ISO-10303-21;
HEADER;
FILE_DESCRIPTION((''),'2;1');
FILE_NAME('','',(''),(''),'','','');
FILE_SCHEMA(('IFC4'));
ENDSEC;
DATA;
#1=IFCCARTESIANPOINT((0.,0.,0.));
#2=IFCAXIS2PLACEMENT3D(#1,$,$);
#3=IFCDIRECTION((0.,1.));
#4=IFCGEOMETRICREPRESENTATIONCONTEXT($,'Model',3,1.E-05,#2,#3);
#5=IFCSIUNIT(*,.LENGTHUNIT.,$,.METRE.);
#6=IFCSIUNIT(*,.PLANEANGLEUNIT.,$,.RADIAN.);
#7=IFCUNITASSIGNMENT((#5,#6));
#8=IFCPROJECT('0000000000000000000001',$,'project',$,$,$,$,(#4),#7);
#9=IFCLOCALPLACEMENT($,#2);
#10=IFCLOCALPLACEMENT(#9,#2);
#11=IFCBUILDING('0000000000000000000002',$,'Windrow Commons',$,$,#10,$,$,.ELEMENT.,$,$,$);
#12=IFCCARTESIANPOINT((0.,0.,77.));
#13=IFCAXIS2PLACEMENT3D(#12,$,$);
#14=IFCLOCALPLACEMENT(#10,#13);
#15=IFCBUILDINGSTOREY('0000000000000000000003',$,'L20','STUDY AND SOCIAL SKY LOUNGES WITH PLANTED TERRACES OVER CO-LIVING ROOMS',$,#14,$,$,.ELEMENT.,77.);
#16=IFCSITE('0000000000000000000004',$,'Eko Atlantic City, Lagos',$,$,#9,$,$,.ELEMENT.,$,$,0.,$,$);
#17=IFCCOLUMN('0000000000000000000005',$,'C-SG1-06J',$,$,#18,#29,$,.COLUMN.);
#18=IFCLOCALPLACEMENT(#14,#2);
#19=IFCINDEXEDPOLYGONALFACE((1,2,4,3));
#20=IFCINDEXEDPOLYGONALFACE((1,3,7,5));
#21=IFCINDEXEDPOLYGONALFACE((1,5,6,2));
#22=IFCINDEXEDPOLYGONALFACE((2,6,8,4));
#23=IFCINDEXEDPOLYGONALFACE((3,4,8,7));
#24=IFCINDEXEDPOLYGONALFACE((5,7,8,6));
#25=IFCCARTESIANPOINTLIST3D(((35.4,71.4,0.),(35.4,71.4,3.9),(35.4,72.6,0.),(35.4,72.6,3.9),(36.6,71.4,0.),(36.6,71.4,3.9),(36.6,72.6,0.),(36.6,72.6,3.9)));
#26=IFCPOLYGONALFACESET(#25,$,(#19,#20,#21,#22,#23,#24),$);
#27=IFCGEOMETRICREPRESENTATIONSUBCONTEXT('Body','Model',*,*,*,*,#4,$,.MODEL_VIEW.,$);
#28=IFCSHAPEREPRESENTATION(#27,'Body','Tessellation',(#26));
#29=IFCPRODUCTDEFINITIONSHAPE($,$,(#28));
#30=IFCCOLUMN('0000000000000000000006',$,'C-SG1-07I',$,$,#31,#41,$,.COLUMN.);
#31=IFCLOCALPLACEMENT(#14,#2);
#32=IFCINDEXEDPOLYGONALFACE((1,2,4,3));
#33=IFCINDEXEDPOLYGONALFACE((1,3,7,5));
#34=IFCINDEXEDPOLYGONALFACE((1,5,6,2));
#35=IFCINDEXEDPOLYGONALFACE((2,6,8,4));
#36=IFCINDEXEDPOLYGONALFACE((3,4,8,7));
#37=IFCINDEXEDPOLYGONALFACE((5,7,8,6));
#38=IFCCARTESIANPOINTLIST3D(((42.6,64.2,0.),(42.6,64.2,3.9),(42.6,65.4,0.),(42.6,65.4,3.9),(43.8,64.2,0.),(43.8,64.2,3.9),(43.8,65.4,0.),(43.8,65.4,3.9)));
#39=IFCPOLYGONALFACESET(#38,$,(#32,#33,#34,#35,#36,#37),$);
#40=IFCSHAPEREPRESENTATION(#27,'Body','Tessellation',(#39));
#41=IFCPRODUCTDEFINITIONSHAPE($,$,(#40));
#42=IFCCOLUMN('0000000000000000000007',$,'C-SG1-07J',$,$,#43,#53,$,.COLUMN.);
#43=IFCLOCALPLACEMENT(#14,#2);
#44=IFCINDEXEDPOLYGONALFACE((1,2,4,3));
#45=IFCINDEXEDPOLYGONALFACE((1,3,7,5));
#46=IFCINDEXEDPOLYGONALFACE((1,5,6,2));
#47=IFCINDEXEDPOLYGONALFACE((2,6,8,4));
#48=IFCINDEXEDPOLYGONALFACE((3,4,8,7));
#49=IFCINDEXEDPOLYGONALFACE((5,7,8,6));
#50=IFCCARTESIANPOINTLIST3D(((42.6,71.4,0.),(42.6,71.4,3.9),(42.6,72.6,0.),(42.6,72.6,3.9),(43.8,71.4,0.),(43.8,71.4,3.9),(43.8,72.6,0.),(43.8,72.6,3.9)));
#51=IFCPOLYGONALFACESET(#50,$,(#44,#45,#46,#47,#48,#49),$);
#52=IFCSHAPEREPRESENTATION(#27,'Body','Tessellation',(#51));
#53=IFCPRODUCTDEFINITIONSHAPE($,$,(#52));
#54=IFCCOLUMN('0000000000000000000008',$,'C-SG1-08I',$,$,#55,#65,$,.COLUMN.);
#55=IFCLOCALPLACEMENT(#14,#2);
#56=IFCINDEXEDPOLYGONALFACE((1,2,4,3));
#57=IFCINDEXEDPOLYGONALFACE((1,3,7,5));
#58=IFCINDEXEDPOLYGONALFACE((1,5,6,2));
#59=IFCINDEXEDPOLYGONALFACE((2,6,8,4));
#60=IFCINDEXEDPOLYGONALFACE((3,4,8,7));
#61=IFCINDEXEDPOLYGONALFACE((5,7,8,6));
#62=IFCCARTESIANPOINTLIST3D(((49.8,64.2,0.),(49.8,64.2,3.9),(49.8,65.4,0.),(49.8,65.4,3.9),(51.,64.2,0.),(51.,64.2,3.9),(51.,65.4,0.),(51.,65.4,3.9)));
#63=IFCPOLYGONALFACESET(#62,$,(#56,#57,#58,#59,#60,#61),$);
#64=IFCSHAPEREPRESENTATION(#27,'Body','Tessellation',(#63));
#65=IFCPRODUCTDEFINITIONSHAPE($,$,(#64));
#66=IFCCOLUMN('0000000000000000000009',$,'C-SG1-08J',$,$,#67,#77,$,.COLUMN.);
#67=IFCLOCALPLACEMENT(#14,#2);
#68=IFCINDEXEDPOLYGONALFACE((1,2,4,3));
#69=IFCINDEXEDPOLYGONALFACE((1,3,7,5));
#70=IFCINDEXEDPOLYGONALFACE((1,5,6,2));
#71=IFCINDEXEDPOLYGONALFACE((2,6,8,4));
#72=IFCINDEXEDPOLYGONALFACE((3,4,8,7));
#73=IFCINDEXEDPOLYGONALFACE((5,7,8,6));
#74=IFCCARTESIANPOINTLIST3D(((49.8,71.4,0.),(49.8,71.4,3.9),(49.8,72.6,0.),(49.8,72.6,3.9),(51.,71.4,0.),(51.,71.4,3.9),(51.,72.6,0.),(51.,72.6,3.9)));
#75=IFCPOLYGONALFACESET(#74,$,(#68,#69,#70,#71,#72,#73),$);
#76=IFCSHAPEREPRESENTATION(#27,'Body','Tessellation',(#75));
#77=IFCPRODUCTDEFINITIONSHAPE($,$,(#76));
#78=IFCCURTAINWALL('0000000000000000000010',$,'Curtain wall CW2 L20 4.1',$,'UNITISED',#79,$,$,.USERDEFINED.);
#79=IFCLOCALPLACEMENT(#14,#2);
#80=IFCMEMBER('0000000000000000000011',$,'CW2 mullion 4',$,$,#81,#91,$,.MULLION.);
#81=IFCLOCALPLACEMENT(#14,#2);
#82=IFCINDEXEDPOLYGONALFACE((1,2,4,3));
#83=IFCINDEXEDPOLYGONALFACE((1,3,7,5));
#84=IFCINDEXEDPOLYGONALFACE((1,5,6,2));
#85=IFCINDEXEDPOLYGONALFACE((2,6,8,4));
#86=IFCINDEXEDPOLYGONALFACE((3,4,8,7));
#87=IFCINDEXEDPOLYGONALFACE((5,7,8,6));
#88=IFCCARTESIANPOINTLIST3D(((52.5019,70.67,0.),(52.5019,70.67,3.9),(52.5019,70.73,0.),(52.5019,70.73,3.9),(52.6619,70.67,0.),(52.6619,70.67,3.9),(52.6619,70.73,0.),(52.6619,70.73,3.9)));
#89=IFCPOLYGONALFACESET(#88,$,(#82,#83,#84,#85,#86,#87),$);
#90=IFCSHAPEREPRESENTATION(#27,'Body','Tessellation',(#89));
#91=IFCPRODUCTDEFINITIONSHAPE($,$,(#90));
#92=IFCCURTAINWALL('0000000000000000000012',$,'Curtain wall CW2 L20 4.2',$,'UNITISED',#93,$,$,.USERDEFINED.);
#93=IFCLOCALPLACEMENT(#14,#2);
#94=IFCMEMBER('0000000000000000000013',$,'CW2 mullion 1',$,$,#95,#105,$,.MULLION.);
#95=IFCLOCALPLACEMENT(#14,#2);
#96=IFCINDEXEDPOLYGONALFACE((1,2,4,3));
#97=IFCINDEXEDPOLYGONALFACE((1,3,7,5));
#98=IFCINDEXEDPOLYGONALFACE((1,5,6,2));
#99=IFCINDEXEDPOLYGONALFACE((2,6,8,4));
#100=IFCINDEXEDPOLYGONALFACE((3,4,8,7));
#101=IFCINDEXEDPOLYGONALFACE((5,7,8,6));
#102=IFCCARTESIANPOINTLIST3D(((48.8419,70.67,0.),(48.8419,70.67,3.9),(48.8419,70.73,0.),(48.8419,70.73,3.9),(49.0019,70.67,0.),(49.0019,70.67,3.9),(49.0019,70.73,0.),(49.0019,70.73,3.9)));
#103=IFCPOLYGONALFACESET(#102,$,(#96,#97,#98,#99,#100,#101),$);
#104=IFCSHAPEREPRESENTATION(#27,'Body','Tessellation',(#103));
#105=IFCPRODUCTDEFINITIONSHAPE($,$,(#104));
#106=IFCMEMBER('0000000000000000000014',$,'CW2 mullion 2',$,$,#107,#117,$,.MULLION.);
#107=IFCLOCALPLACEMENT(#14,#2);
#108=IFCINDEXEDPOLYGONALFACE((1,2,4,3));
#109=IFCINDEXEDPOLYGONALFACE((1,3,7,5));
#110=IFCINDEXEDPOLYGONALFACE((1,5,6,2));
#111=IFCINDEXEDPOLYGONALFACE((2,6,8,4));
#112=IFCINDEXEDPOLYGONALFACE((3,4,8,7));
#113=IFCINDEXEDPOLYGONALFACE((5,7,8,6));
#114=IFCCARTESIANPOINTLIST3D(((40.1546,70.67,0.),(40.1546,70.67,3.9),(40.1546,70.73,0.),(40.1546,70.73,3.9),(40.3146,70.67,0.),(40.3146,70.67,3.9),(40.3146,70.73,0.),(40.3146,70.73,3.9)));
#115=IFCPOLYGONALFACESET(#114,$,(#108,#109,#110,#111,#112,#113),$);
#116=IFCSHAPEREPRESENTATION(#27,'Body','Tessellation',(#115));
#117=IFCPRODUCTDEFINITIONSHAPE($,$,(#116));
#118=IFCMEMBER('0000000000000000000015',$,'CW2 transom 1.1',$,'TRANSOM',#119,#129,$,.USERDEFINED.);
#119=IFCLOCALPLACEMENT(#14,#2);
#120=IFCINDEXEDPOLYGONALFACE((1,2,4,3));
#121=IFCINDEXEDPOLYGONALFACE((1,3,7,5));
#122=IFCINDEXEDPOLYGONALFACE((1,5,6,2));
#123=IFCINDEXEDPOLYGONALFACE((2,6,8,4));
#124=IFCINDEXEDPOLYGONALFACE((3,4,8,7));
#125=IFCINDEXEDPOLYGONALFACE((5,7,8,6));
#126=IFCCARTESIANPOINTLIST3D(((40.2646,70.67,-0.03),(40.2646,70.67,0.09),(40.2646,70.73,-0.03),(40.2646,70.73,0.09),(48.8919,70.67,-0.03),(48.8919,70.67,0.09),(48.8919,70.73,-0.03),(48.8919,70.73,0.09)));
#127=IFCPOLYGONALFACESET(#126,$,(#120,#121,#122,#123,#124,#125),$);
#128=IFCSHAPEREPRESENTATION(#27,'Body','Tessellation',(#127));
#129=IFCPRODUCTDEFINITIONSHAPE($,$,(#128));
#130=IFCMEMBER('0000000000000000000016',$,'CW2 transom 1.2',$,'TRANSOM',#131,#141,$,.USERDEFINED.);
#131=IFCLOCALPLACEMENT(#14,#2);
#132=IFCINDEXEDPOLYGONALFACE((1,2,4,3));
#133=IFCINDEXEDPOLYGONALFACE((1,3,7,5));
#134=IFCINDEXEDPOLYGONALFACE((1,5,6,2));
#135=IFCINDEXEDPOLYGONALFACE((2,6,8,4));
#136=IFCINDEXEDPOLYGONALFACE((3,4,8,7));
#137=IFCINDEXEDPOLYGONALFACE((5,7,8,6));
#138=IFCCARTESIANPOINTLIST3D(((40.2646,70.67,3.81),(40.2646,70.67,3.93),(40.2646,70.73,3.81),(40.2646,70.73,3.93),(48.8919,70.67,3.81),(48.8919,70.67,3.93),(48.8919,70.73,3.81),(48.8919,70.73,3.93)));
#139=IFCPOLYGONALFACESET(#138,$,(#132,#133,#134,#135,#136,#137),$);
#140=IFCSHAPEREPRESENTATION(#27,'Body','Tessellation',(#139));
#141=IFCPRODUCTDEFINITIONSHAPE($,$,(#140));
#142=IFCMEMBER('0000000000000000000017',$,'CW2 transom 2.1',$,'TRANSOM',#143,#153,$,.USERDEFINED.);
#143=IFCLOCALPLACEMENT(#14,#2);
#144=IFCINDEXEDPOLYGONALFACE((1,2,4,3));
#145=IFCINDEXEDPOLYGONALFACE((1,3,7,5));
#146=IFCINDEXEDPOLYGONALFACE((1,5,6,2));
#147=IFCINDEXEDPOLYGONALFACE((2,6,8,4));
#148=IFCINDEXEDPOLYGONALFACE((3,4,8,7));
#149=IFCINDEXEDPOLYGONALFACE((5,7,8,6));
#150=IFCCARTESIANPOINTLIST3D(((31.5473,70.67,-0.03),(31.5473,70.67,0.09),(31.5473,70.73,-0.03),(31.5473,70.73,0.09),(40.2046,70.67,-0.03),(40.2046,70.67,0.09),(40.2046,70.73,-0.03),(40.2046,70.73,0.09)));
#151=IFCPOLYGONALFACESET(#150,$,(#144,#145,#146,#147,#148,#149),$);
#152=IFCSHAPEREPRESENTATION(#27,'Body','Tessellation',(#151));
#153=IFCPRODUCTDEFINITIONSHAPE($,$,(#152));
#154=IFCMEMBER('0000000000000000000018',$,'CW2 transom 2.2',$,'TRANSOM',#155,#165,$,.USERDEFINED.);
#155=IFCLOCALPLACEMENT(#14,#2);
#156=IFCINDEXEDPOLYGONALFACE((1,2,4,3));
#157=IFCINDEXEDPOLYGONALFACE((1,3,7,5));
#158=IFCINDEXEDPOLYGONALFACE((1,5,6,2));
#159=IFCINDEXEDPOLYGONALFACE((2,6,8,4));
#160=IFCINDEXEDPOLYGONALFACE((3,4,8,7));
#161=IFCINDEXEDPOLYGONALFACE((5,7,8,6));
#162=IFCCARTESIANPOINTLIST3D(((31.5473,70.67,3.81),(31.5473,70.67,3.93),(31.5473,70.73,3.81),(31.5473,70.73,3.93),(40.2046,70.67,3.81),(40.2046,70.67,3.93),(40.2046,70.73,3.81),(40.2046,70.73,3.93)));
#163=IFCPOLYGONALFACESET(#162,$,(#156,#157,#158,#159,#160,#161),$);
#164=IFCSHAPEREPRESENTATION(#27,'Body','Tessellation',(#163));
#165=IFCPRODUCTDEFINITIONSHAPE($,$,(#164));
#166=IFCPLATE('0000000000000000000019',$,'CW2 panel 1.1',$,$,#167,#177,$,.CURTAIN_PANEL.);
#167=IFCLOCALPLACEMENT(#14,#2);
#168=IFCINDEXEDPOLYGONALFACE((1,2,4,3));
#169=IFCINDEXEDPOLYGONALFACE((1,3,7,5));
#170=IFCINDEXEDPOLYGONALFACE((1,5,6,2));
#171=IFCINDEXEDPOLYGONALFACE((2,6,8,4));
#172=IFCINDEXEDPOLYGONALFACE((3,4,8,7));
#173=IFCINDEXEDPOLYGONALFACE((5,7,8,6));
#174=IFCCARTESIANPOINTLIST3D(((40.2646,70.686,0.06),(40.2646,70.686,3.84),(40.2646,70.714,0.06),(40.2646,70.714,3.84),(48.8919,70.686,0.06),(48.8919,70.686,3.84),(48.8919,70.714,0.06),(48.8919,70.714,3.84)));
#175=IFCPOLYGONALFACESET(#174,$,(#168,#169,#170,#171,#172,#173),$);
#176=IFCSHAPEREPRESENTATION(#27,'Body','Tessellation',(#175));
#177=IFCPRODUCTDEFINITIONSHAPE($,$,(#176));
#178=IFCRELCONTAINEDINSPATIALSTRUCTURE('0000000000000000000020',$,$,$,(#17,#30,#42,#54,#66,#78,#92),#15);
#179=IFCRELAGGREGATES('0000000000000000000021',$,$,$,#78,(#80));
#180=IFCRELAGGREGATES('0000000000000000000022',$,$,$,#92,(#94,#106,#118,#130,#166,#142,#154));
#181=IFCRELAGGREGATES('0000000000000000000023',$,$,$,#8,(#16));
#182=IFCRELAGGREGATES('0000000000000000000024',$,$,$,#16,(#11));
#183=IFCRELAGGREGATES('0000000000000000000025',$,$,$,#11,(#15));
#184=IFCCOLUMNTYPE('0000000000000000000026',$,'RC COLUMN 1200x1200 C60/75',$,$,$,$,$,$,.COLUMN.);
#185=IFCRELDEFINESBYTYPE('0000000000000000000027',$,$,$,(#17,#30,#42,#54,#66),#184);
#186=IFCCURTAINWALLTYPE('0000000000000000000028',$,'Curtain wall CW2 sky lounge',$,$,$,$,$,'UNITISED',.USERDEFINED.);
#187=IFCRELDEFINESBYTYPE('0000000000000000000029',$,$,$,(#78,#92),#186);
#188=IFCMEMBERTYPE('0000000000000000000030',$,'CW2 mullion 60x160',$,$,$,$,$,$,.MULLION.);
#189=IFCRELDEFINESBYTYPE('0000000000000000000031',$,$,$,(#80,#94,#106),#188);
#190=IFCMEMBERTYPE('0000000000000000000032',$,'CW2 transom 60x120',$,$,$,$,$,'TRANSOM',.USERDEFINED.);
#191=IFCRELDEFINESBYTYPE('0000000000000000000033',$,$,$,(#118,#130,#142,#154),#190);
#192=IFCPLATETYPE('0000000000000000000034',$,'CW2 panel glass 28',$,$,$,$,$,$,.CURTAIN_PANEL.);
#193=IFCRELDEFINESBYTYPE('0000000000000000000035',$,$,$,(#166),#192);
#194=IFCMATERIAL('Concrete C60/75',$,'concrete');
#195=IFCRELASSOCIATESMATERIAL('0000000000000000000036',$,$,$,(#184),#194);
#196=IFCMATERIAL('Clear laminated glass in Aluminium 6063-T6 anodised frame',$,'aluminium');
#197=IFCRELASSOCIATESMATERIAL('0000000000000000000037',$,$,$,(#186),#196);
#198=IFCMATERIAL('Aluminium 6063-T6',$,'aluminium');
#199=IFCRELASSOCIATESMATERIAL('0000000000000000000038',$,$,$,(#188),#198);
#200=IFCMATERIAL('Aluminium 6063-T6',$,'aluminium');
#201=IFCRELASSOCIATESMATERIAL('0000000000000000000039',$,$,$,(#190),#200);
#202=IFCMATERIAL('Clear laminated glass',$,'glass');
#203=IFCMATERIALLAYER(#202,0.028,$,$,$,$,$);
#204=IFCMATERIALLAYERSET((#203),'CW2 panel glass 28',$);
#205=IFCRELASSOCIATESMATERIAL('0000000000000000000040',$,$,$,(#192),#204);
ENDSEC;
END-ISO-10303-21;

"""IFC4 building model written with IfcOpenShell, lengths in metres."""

from ifc_helpers import new_model, si_unit, direction, frame, origin, origin_2d, place, context, subcontext, project, spatial, rectangle, extrude, material, layer, layer_set, material_profile, profile_set, type_object, element, aggregate, save


model = new_model("IFC4")

# Units and contexts
model_context = context("Model", 3, precision=1e-05, world=origin(), true_north=direction((0.0, 1.0)))
body_context = subcontext(model_context, "Body", "Model", "MODEL_VIEW")
ifc_project = project(units=[si_unit("LENGTHUNIT", "METRE"), si_unit("PLANEANGLEUNIT", "RADIAN")], contexts=[model_context])

# Site, building, storey
site_placement = place(None, origin())
site = spatial("IfcSite", under=ifc_project, at=site_placement, Name="Eko Atlantic City, Lagos", CompositionType="ELEMENT", RefElevation=0.0)
building_placement = place(site_placement, origin())
building = spatial("IfcBuilding", under=site, at=building_placement, Name="Windrow Commons", CompositionType="ELEMENT")
storey_placement = place(building_placement, frame((0.0, 0.0, 77.0)))
storey = spatial("IfcBuildingStorey", under=building, at=storey_placement, Name="L20", Description="STUDY AND SOCIAL SKY LOUNGES WITH PLANTED TERRACES OVER CO-LIVING ROOMS", CompositionType="ELEMENT", Elevation=77.0)

# Columns
ifc_material_1 = material(Name="Concrete C60/75", Category="concrete")
ifc_material_profile_1 = material_profile(ifc_material_1, rectangle(XDim=1.2, YDim=1.2, at=origin_2d()))
ifc_profile_set_1 = profile_set([ifc_material_profile_1], Name="Concrete C60/75")
column_type = type_object("IfcColumnType", Name="RC COLUMN 1200x1200 C60/75", PredefinedType="COLUMN", material=ifc_profile_set_1)
for number, where, z_axis, x_axis, name in (
    (1, (36.0, 72.0, 0.0), (0.0, 0.0, 1.0), (1.0, 0.0, 0.0), "C-SG1-06J"),
    (2, (43.2, 64.8, 0.0), (0.0, 0.0, 1.0), (1.0, 0.0, 0.0), "C-SG1-07I"),
    (3, (43.2, 72.0, 0.0), (0.0, 0.0, 1.0), (1.0, 0.0, 0.0), "C-SG1-07J"),
    (4, (50.4, 64.8, 0.0), (0.0, 0.0, 1.0), (1.0, 0.0, 0.0), "C-SG1-08I"),
    (5, (50.4, 72.0, 0.0), (0.0, 0.0, 1.0), (1.0, 0.0, 0.0), "C-SG1-08J"),
):
    element("IfcColumn", number, at=place(storey_placement, frame(where, z_axis=z_axis, x_axis=x_axis)), inside=storey, type_object=column_type, Name=name, PredefinedType="COLUMN", context=body_context, shape_type="SweptSolid", body=[
        extrude(rectangle(XDim=1.2, YDim=1.2, at=origin_2d()), origin(), (0.0, 0.0, 1.0), 3.9),
    ])

# Curtain wall, member
ifc_material_2 = material(Name="Clear laminated glass in Aluminium 6063-T6 anodised frame", Category="aluminium")
curtain_wall_type = type_object("IfcCurtainWallType", Name="Curtain wall CW2 sky lounge", ElementType="UNITISED", PredefinedType="USERDEFINED", material=ifc_material_2)
placement = place(storey_placement, origin())
curtain_wall_1 = element("IfcCurtainWall", 6, at=placement, inside=storey, type_object=curtain_wall_type, Name="Curtain wall CW2 L20 4.1", ObjectType="UNITISED", PredefinedType="USERDEFINED")
ifc_material_3 = material(Name="Aluminium 6063-T6", Category="aluminium")
ifc_material_profile_2 = material_profile(ifc_material_3, rectangle(XDim=0.06, YDim=0.16, at=origin_2d()))
ifc_profile_set_2 = profile_set([ifc_material_profile_2], Name="Aluminium 6063-T6")
member_type_1 = type_object("IfcMemberType", Name="CW2 mullion 60x160", PredefinedType="MULLION", material=ifc_profile_set_2)
member_1_placement = place(storey_placement, frame((52.5819, 70.7, 0.0), z_axis=(0.0, 0.0, 1.0), x_axis=(0.0, -1.0, 0.0)))
member_1 = element("IfcMember", 7, at=member_1_placement, type_object=member_type_1, Name="CW2 mullion 4", PredefinedType="MULLION", context=body_context, shape_type="SweptSolid", body=[
    extrude(rectangle(XDim=0.06, YDim=0.16, at=origin_2d()), origin(), (0.0, 0.0, 1.0), 3.9),
])
aggregate(curtain_wall_1, [member_1])

# Curtain wall, members, plate
curtain_wall_2 = element("IfcCurtainWall", 8, at=placement, inside=storey, type_object=curtain_wall_type, Name="Curtain wall CW2 L20 4.2", ObjectType="UNITISED", PredefinedType="USERDEFINED")
member_2_placement = place(storey_placement, frame((48.9219, 70.7, 0.0), z_axis=(0.0, 0.0, 1.0), x_axis=(0.0, -1.0, 0.0)))
member_2 = element("IfcMember", 9, at=member_2_placement, type_object=member_type_1, Name="CW2 mullion 1", PredefinedType="MULLION", context=body_context, shape_type="SweptSolid", body=[
    extrude(rectangle(XDim=0.06, YDim=0.16, at=origin_2d()), origin(), (0.0, 0.0, 1.0), 3.9),
])
member_3_placement = place(storey_placement, frame((40.2346, 70.7, 0.0), z_axis=(0.0, 0.0, 1.0), x_axis=(0.0, -1.0, 0.0)))
member_3 = element("IfcMember", 10, at=member_3_placement, type_object=member_type_1, Name="CW2 mullion 2", PredefinedType="MULLION", context=body_context, shape_type="SweptSolid", body=[
    extrude(rectangle(XDim=0.06, YDim=0.16, at=origin_2d()), origin(), (0.0, 0.0, 1.0), 3.9),
])
ifc_material_4 = material(Name="Aluminium 6063-T6", Category="aluminium")
ifc_material_profile_3 = material_profile(ifc_material_4, rectangle(XDim=0.06, YDim=0.12, at=origin_2d()))
ifc_profile_set_3 = profile_set([ifc_material_profile_3], Name="Aluminium 6063-T6")
member_type_2 = type_object("IfcMemberType", Name="CW2 transom 60x120", ElementType="TRANSOM", PredefinedType="USERDEFINED", material=ifc_profile_set_3)
member_4_placement = place(storey_placement, frame((48.8919, 70.7, 0.03), z_axis=(-1.0, 0.0, 0.0), x_axis=(0.0, -1.0, 0.0)))
member_4 = element("IfcMember", 11, at=member_4_placement, type_object=member_type_2, Name="CW2 transom 1.1", ObjectType="TRANSOM", PredefinedType="USERDEFINED", context=body_context, shape_type="SweptSolid", body=[
    extrude(rectangle(XDim=0.06, YDim=0.12, at=origin_2d()), origin(), (0.0, 0.0, 1.0), 8.6273),
])
member_5_placement = place(storey_placement, frame((48.8919, 70.7, 3.87), z_axis=(-1.0, 0.0, 0.0), x_axis=(0.0, -1.0, 0.0)))
member_5 = element("IfcMember", 12, at=member_5_placement, type_object=member_type_2, Name="CW2 transom 1.2", ObjectType="TRANSOM", PredefinedType="USERDEFINED", context=body_context, shape_type="SweptSolid", body=[
    extrude(rectangle(XDim=0.06, YDim=0.12, at=origin_2d()), origin(), (0.0, 0.0, 1.0), 8.6273),
])
member_6_placement = place(storey_placement, frame((40.2046, 70.7, 0.03), z_axis=(-1.0, 0.0, 0.0), x_axis=(0.0, -1.0, 0.0)))
member_6 = element("IfcMember", 13, at=member_6_placement, type_object=member_type_2, Name="CW2 transom 2.1", ObjectType="TRANSOM", PredefinedType="USERDEFINED", context=body_context, shape_type="SweptSolid", body=[
    extrude(rectangle(XDim=0.06, YDim=0.12, at=origin_2d()), origin(), (0.0, 0.0, 1.0), 8.6573),
])
member_7_placement = place(storey_placement, frame((40.2046, 70.7, 3.87), z_axis=(-1.0, 0.0, 0.0), x_axis=(0.0, -1.0, 0.0)))
member_7 = element("IfcMember", 14, at=member_7_placement, type_object=member_type_2, Name="CW2 transom 2.2", ObjectType="TRANSOM", PredefinedType="USERDEFINED", context=body_context, shape_type="SweptSolid", body=[
    extrude(rectangle(XDim=0.06, YDim=0.12, at=origin_2d()), origin(), (0.0, 0.0, 1.0), 8.6573),
])
ifc_material_5 = material(Name="Clear laminated glass", Category="glass")
ifc_layer_1 = layer(ifc_material_5, 0.028)
ifc_layer_set_1 = layer_set([ifc_layer_1], Name="CW2 panel glass 28")
plate_type = type_object("IfcPlateType", Name="CW2 panel glass 28", PredefinedType="CURTAIN_PANEL", material=ifc_layer_set_1)
plate_placement = place(storey_placement, frame((44.5782, 70.7, 0.06), z_axis=(0.0, 0.0, 1.0), x_axis=(-1.0, 0.0, 0.0)))
plate = element("IfcPlate", 15, at=plate_placement, type_object=plate_type, Name="CW2 panel 1.1", PredefinedType="CURTAIN_PANEL", context=body_context, shape_type="SweptSolid", body=[
    extrude(rectangle(XDim=8.6273, YDim=0.028, at=origin_2d()), origin(), (0.0, 0.0, 1.0), 3.78),
])
aggregate(curtain_wall_2, [member_2, member_3, member_4, member_5, plate, member_6, member_7])

save(model, "model.ifc")
